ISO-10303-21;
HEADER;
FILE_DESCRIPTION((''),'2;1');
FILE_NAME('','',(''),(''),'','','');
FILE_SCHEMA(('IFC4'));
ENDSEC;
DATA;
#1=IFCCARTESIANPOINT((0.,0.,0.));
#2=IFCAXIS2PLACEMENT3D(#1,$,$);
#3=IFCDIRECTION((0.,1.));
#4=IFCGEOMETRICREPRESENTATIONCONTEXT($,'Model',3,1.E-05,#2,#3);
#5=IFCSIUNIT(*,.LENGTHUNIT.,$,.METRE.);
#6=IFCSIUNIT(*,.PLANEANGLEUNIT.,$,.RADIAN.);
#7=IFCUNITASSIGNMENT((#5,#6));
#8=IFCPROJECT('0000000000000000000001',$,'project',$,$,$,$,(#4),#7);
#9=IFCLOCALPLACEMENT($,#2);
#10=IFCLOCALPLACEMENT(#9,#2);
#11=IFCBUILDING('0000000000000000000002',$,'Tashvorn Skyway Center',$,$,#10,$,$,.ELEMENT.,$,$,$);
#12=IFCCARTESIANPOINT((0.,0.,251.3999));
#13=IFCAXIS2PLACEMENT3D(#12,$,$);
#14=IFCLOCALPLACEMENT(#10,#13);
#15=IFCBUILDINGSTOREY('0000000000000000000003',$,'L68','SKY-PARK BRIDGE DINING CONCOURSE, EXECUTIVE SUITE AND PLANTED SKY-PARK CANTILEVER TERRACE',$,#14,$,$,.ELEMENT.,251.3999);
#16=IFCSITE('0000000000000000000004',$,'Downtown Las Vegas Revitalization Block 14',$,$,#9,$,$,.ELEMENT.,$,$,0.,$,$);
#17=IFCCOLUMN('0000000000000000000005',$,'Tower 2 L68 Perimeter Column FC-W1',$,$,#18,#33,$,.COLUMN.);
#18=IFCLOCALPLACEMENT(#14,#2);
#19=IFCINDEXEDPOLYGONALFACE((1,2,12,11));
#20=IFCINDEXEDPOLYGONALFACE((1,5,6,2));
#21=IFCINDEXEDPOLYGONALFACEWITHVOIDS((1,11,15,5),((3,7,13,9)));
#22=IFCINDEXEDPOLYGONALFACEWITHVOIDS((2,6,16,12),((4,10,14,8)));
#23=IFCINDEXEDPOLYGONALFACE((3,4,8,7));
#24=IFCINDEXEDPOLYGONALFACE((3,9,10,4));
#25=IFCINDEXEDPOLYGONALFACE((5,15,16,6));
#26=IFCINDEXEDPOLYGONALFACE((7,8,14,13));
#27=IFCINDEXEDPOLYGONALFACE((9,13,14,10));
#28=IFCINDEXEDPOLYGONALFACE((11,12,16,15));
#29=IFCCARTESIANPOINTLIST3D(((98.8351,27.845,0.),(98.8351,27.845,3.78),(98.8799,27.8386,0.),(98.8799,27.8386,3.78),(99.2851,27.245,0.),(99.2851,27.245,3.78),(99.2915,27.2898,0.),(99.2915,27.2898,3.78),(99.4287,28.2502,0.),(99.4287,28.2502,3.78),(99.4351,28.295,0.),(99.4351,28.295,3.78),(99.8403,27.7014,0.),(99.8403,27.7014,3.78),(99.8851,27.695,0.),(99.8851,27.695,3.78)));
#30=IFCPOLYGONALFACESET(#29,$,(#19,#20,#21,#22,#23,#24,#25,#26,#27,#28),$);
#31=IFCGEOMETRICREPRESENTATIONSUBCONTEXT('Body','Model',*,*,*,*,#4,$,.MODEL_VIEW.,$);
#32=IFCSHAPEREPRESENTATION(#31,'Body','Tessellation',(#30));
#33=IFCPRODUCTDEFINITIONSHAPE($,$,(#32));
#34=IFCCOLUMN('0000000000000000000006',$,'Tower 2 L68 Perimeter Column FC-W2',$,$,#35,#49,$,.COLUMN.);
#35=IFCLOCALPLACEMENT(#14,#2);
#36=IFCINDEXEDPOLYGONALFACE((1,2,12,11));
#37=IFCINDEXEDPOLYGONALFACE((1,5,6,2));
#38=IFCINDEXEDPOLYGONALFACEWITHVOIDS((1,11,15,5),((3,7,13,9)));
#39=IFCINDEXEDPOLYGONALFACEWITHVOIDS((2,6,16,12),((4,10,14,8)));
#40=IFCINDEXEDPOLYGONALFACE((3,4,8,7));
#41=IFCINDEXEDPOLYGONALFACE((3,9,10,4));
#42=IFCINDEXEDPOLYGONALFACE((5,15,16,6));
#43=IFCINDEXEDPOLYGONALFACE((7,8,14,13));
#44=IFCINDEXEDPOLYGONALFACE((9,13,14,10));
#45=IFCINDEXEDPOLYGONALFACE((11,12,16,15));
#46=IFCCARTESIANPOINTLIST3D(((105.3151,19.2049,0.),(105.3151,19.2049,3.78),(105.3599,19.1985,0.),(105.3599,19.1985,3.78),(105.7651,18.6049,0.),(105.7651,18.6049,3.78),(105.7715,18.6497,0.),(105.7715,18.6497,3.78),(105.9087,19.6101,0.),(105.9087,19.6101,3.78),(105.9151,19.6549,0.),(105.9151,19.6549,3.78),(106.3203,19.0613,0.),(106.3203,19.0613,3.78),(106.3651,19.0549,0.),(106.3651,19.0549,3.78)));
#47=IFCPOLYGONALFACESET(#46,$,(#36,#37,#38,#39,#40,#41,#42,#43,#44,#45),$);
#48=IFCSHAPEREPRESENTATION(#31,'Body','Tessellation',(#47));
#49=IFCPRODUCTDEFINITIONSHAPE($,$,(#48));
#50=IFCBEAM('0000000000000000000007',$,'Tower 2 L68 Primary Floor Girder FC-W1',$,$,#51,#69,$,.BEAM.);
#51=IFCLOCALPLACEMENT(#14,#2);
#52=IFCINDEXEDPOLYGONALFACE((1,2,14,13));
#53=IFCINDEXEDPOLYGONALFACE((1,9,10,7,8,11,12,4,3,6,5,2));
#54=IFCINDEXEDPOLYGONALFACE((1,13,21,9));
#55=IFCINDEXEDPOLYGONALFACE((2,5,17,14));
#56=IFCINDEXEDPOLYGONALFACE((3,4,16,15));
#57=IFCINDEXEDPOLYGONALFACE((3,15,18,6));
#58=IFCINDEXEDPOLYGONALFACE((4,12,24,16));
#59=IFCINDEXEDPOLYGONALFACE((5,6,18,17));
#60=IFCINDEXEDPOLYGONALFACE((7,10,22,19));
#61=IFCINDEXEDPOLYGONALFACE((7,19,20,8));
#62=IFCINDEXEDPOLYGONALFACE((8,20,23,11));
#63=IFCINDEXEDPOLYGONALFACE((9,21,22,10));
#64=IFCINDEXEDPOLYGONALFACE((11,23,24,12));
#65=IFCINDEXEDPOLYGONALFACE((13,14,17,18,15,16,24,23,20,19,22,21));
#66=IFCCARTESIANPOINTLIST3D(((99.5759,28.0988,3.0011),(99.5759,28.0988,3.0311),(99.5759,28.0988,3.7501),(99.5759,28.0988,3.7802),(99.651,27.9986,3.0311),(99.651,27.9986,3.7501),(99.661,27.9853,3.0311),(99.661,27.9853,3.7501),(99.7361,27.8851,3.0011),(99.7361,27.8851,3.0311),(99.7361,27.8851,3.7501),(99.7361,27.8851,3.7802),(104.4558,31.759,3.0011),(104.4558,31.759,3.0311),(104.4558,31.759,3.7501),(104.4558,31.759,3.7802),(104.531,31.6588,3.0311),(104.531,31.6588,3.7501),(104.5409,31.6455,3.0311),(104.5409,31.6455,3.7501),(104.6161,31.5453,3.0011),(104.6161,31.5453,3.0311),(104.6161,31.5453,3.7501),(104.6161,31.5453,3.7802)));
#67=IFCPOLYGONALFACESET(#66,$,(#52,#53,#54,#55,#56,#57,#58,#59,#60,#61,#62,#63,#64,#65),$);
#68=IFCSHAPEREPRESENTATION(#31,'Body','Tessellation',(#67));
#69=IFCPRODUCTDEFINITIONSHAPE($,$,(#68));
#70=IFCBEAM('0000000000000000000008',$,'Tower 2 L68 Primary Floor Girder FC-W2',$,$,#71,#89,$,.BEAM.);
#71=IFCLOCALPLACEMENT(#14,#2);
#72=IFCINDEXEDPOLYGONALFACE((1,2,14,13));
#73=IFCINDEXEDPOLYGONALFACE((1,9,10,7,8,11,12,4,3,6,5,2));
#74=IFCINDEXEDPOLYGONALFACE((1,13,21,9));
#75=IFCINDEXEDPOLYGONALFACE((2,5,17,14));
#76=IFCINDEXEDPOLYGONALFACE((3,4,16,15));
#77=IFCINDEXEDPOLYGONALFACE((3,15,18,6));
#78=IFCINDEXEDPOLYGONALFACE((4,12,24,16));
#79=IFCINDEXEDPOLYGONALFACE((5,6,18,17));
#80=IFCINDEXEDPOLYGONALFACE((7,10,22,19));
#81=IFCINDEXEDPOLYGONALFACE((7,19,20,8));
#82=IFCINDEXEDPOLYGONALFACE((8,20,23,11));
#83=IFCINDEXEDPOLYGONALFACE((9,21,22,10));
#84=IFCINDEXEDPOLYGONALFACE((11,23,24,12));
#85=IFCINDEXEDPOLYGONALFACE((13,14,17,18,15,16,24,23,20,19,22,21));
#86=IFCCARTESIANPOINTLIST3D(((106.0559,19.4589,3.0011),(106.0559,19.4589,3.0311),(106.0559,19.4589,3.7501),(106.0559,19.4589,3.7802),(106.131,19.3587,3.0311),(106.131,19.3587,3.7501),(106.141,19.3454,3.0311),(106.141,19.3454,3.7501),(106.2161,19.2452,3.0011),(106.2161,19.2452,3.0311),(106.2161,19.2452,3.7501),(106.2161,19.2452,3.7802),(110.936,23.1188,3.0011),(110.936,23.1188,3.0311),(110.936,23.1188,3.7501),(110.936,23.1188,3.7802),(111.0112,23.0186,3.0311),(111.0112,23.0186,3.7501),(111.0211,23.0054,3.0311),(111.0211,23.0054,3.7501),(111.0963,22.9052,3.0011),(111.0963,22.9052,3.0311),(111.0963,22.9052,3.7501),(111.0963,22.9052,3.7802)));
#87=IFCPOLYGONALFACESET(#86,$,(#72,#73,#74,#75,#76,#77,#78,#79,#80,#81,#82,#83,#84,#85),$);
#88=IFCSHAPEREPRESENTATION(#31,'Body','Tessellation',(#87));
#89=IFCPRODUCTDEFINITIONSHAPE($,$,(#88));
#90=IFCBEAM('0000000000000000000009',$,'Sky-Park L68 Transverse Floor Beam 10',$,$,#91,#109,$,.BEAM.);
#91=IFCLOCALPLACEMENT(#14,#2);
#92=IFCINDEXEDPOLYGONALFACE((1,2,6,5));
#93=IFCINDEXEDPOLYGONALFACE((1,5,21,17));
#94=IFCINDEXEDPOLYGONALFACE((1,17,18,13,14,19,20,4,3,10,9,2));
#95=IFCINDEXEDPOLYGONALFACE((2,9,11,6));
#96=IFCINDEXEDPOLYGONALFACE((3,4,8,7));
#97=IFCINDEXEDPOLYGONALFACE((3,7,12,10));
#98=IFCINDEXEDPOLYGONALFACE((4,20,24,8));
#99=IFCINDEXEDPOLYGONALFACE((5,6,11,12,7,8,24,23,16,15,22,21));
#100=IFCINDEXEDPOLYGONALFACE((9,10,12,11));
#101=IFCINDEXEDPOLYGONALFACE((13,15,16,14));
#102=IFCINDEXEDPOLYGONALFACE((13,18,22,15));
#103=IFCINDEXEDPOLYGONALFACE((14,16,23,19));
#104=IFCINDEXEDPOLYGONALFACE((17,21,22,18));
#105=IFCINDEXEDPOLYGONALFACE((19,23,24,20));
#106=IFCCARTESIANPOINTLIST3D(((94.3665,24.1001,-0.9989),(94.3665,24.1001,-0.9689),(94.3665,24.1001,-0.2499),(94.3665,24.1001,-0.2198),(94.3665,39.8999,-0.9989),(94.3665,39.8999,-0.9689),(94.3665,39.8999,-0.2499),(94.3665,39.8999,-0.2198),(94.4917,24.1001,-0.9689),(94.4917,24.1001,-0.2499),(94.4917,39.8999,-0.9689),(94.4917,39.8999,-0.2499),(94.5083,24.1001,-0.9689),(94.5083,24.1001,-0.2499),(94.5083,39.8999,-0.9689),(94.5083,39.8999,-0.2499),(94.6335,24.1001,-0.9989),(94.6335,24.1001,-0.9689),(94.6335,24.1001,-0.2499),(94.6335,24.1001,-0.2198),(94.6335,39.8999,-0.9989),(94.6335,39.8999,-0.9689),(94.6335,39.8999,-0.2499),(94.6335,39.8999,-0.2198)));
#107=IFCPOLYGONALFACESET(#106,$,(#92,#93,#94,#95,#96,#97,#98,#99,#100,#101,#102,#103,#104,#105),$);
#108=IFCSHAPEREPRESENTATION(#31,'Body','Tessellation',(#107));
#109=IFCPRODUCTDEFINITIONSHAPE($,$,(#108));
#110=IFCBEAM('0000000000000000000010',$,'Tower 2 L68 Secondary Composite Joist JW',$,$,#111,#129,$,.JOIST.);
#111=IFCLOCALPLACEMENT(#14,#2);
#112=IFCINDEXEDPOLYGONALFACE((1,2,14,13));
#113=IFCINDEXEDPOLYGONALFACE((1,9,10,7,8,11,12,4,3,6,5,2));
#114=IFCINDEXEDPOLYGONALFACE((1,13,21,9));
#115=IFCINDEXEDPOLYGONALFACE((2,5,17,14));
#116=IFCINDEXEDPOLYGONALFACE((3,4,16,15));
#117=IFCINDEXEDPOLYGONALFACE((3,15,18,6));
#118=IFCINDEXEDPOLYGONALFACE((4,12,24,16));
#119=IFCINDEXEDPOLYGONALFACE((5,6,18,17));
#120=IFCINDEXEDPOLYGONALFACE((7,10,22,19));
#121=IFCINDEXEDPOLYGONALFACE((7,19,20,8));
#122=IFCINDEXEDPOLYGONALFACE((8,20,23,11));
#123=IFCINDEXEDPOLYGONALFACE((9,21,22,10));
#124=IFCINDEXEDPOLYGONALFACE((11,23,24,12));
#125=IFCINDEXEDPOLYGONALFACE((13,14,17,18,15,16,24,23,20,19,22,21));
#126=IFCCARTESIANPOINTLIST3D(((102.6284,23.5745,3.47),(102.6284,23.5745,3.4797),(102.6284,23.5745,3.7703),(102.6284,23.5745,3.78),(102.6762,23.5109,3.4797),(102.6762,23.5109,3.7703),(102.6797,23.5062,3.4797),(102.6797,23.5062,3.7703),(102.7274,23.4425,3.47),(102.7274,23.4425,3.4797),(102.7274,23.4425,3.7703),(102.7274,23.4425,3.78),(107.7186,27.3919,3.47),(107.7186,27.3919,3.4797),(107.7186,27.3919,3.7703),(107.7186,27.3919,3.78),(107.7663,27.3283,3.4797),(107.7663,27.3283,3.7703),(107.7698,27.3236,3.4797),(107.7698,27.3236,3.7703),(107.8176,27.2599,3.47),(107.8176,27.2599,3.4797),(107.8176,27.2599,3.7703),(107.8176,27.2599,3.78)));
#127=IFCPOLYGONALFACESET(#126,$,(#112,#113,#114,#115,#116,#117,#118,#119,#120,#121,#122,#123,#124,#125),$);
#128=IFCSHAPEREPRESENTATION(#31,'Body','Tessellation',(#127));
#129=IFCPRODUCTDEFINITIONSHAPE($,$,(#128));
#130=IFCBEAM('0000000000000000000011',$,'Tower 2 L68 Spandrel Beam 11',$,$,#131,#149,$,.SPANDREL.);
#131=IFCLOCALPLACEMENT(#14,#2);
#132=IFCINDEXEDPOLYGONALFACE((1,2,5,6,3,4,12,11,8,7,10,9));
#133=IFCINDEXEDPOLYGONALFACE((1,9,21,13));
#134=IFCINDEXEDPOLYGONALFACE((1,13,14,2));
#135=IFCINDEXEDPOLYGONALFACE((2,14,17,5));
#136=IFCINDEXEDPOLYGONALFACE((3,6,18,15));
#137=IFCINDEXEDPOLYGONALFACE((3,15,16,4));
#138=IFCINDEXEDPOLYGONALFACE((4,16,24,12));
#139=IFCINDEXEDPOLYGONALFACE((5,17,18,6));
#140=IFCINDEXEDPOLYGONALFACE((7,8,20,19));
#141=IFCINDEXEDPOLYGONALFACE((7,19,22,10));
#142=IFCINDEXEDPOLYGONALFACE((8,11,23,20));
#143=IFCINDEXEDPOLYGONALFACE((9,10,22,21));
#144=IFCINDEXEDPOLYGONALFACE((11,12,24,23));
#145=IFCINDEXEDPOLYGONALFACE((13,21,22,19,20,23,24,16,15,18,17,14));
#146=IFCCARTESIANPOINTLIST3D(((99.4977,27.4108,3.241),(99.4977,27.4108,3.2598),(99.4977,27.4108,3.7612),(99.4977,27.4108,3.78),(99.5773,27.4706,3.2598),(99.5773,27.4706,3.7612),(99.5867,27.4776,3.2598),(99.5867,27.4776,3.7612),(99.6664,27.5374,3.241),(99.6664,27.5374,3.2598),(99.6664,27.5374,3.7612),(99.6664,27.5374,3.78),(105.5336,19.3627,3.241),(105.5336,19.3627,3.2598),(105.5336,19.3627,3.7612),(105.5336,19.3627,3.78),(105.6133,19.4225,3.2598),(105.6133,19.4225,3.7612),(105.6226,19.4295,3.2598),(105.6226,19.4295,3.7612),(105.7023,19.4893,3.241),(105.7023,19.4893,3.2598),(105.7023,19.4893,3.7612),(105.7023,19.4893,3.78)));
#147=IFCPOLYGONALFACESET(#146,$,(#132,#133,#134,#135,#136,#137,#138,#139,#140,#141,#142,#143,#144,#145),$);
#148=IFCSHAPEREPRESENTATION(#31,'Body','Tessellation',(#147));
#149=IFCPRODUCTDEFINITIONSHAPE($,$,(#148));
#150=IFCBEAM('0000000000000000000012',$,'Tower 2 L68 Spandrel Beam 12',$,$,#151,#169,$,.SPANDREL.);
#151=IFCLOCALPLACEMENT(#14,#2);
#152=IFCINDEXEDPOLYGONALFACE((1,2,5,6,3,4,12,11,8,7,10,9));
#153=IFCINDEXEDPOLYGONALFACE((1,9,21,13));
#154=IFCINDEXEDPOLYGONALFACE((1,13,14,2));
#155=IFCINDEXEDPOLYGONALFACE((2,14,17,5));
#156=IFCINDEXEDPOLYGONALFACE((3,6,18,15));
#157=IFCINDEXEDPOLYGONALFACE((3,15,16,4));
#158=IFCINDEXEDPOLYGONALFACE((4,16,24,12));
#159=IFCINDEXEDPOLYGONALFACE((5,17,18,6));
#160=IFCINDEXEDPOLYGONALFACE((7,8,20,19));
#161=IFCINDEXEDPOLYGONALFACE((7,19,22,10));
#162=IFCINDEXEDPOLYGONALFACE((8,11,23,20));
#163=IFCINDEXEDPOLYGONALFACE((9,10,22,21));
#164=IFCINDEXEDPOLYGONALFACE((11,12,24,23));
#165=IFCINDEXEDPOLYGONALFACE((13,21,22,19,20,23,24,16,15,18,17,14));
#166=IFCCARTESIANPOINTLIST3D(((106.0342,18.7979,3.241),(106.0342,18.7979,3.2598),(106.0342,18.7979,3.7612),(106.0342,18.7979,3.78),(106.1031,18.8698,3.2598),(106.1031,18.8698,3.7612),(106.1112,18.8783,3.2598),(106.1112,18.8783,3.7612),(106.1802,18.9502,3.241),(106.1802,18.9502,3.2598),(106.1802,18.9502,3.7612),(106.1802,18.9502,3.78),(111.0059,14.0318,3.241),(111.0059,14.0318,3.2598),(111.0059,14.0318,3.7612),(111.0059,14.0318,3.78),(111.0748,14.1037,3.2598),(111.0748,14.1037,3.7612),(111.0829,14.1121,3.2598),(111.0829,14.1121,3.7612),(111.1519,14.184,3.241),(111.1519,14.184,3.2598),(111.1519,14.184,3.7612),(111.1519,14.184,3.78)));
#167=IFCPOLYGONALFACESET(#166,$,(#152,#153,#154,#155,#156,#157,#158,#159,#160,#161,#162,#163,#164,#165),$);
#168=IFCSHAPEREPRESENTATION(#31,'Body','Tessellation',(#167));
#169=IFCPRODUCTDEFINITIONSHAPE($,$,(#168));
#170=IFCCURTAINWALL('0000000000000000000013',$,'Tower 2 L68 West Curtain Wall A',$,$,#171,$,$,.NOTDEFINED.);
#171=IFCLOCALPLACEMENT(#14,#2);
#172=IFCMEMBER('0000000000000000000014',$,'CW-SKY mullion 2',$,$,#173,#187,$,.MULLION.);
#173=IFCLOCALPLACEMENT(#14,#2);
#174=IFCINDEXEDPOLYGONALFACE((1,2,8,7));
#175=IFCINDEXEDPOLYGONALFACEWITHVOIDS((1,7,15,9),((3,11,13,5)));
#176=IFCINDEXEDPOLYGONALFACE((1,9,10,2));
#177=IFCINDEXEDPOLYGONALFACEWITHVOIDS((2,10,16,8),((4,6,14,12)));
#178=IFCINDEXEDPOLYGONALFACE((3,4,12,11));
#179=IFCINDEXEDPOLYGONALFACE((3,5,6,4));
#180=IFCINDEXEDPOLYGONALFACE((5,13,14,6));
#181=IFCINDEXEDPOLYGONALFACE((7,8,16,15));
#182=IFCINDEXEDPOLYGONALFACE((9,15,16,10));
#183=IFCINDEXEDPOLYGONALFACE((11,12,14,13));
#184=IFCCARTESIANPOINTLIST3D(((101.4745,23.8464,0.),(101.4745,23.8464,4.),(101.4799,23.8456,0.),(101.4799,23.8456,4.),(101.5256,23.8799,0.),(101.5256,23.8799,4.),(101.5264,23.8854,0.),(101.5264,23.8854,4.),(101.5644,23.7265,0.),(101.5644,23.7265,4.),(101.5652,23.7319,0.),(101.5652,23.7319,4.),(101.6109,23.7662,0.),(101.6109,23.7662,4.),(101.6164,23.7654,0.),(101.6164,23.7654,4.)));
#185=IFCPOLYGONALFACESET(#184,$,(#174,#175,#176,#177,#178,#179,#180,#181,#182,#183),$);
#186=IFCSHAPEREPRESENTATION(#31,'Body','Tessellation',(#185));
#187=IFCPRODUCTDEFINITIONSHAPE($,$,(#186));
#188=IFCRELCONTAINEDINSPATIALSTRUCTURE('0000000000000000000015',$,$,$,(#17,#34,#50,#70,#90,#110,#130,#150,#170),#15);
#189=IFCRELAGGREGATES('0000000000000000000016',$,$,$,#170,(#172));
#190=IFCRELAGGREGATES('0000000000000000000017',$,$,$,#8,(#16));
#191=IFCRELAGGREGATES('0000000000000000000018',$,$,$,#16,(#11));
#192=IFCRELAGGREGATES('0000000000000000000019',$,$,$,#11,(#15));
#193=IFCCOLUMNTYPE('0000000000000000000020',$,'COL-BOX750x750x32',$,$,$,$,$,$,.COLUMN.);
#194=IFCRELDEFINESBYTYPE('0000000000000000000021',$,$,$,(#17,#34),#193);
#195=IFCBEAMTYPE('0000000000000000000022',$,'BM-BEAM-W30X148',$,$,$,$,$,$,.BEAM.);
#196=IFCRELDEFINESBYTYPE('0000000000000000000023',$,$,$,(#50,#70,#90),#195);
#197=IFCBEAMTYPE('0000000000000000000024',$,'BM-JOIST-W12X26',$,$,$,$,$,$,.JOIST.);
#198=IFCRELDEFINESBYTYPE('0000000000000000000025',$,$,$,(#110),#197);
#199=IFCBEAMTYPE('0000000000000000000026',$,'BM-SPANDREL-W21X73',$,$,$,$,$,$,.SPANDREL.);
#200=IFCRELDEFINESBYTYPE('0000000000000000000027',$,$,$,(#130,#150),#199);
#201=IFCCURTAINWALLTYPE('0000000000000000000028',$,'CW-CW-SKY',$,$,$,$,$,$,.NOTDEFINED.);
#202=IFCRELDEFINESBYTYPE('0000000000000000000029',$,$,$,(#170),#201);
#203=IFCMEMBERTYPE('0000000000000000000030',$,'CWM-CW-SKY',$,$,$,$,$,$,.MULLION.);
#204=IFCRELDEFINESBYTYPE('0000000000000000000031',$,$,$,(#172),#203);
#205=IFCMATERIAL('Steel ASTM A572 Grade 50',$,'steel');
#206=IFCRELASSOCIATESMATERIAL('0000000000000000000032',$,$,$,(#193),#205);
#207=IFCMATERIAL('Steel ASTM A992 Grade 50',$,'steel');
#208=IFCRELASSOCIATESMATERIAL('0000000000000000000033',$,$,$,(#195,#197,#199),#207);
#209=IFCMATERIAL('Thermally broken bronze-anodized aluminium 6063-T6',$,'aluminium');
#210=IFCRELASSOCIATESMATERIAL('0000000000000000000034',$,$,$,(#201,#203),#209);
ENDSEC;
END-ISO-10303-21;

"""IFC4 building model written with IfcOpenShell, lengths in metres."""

from ifc_helpers import new_model, si_unit, direction, frame, origin, origin_2d, place, context, subcontext, project, spatial, hollow_rectangle, i_section, extrude, material, material_profile, profile_set, type_object, element, aggregate, save


model = new_model("IFC4")

# Units and contexts
model_context = context("Model", 3, precision=1e-05, world=origin(), true_north=direction((0.0, 1.0)))
body_context = subcontext(model_context, "Body", "Model", "MODEL_VIEW")
ifc_project = project(units=[si_unit("LENGTHUNIT", "METRE"), si_unit("PLANEANGLEUNIT", "RADIAN")], contexts=[model_context])

# Site, building, storey
site_placement = place(None, origin())
site = spatial("IfcSite", under=ifc_project, at=site_placement, Name="Downtown Las Vegas Revitalization Block 14", CompositionType="ELEMENT", RefElevation=0.0)
building_placement = place(site_placement, origin())
building = spatial("IfcBuilding", under=site, at=building_placement, Name="Tashvorn Skyway Center", CompositionType="ELEMENT")
storey_placement = place(building_placement, frame((0.0, 0.0, 251.3999)))
storey = spatial("IfcBuildingStorey", under=building, at=storey_placement, Name="L68", Description="SKY-PARK BRIDGE DINING CONCOURSE, EXECUTIVE SUITE AND PLANTED SKY-PARK CANTILEVER TERRACE", CompositionType="ELEMENT", Elevation=251.3999)

# Columns
ifc_material_1 = material(Name="Steel ASTM A572 Grade 50", Category="steel")
ifc_material_profile_1 = material_profile(ifc_material_1, hollow_rectangle(XDim=0.75, YDim=0.75, WallThickness=0.032, at=origin_2d()), Name="BOX750x750x32")
ifc_profile_set_1 = profile_set([ifc_material_profile_1], Name="Steel ASTM A572 Grade 50")
column_type = type_object("IfcColumnType", Name="COL-BOX750x750x32", PredefinedType="COLUMN", material=ifc_profile_set_1)
for number, where, z_axis, x_axis, name in (
    (1, (99.3601, 27.77, 0.0), (0.0, 0.0, 1.0), (0.8, 0.6, 0.0), "Tower 2 L68 Perimeter Column FC-W1"),
    (2, (105.8401, 19.1299, 0.0), (0.0, 0.0, 1.0), (0.8, 0.6, 0.0), "Tower 2 L68 Perimeter Column FC-W2"),
):
    element("IfcColumn", number, at=place(storey_placement, frame(where, z_axis=z_axis, x_axis=x_axis)), inside=storey, type_object=column_type, Name=name, PredefinedType="COLUMN", context=body_context, shape_type="SweptSolid", body=[
        extrude(hollow_rectangle(XDim=0.75, YDim=0.75, WallThickness=0.032, at=origin_2d()), origin(), (0.0, 0.0, 1.0), 3.78),
    ])

# Beams
ifc_material_2 = material(Name="Steel ASTM A992 Grade 50", Category="steel")
ifc_material_profile_2 = material_profile(ifc_material_2, i_section(OverallWidth=0.2671, OverallDepth=0.7791, WebThickness=0.0166, FlangeThickness=0.03, at=origin_2d()), Name="W30X148")
ifc_profile_set_2 = profile_set([ifc_material_profile_2], Name="Steel ASTM A992 Grade 50")
beam_type_1 = type_object("IfcBeamType", Name="BM-BEAM-W30X148", PredefinedType="BEAM", material=ifc_profile_set_2)
for number, where, z_axis, x_axis, name in (
    (3, (99.656, 27.9919, 3.3906), (0.799981, 0.600026, 0.0), (-0.600026, 0.799981, 0.0), "Tower 2 L68 Primary Floor Girder FC-W1"),
    (4, (106.136, 19.3521, 3.3906), (0.800014, 0.599981, 0.0), (-0.599981, 0.800014, 0.0), "Tower 2 L68 Primary Floor Girder FC-W2"),
):
    element("IfcBeam", number, at=place(storey_placement, frame(where, z_axis=z_axis, x_axis=x_axis)), inside=storey, type_object=beam_type_1, Name=name, PredefinedType="BEAM", context=body_context, shape_type="SweptSolid", body=[
        extrude(i_section(OverallWidth=0.2671, OverallDepth=0.7791, WebThickness=0.0166, FlangeThickness=0.03, at=origin_2d()), origin(), (0.0, 0.0, 1.0), 6.1001),
    ])
beam_1_placement = place(storey_placement, frame((94.5, 24.1001, -0.6094), z_axis=(0.0, 1.0, 0.0), x_axis=(-1.0, 0.0, 0.0)))
element("IfcBeam", 5, at=beam_1_placement, inside=storey, type_object=beam_type_1, Name="Sky-Park L68 Transverse Floor Beam 10", PredefinedType="BEAM", context=body_context, shape_type="SweptSolid", body=[
    extrude(i_section(OverallWidth=0.2671, OverallDepth=0.7791, WebThickness=0.0166, FlangeThickness=0.03, at=origin_2d()), origin(), (0.0, 0.0, 1.0), 15.7998),
])
ifc_material_profile_3 = material_profile(ifc_material_2, i_section(OverallWidth=0.165, OverallDepth=0.3101, WebThickness=0.0059, FlangeThickness=0.0098, at=origin_2d()), Name="W12X26")
ifc_profile_set_3 = profile_set([ifc_material_profile_3], Name="Steel ASTM A992 Grade 50")
beam_type_2 = type_object("IfcBeamType", Name="BM-JOIST-W12X26", PredefinedType="JOIST", material=ifc_profile_set_3)
beam_2_placement = place(storey_placement, frame((107.7681, 27.3259, 3.625), z_axis=(-0.800014, -0.599982, 0.0), x_axis=(0.599982, -0.800014, 0.0)))
element("IfcBeam", 6, at=beam_2_placement, inside=storey, type_object=beam_type_2, Name="Tower 2 L68 Secondary Composite Joist JW", PredefinedType="JOIST", context=body_context, shape_type="SweptSolid", body=[
    extrude(i_section(OverallWidth=0.165, OverallDepth=0.3101, WebThickness=0.0059, FlangeThickness=0.0098, at=origin_2d()), origin(), (0.0, 0.0, 1.0), 6.3625),
])
ifc_material_profile_4 = material_profile(ifc_material_2, i_section(OverallWidth=0.2109, OverallDepth=0.5391, WebThickness=0.0117, FlangeThickness=0.0188, at=origin_2d()), Name="W21X73")
ifc_profile_set_4 = profile_set([ifc_material_profile_4], Name="Steel ASTM A992 Grade 50")
beam_type_3 = type_object("IfcBeamType", Name="BM-SPANDREL-W21X73", PredefinedType="SPANDREL", material=ifc_profile_set_4)
beam_3_placement = place(storey_placement, frame((99.582, 27.4741, 3.5105), z_axis=(0.599988, -0.800009, 0.0), x_axis=(0.800009, 0.599988, 0.0)))
element("IfcBeam", 7, at=beam_3_placement, inside=storey, type_object=beam_type_3, Name="Tower 2 L68 Spandrel Beam 11", PredefinedType="SPANDREL", context=body_context, shape_type="SweptSolid", body=[
    extrude(i_section(OverallWidth=0.2109, OverallDepth=0.5391, WebThickness=0.0117, FlangeThickness=0.0188, at=origin_2d()), origin(), (0.0, 0.0, 1.0), 10.0601),
])
beam_4_placement = place(storey_placement, frame((106.1072, 18.874, 3.5105), z_axis=(0.721873, -0.692025, 0.0), x_axis=(0.692025, 0.721873, 0.0)))
element("IfcBeam", 8, at=beam_4_placement, inside=storey, type_object=beam_type_3, Name="Tower 2 L68 Spandrel Beam 12", PredefinedType="SPANDREL", context=body_context, shape_type="SweptSolid", body=[
    extrude(i_section(OverallWidth=0.2109, OverallDepth=0.5391, WebThickness=0.0117, FlangeThickness=0.0188, at=origin_2d()), origin(), (0.0, 0.0, 1.0), 6.8872),
])

# Curtain wall, member
ifc_material_3 = material(Name="Thermally broken bronze-anodized aluminium 6063-T6", Category="aluminium")
curtain_wall_type = type_object("IfcCurtainWallType", Name="CW-CW-SKY", PredefinedType="NOTDEFINED", material=ifc_material_3)
curtain_wall_1_placement = place(storey_placement, origin())
curtain_wall_1 = element("IfcCurtainWall", 9, at=curtain_wall_1_placement, inside=storey, type_object=curtain_wall_type, Name="Tower 2 L68 West Curtain Wall A", PredefinedType="NOTDEFINED")
ifc_material_profile_5 = material_profile(ifc_material_3, hollow_rectangle(XDim=0.0649, YDim=0.1499, WallThickness=0.0039, at=origin_2d()), Name="ALU-MULL-65x150")
ifc_profile_set_5 = profile_set([ifc_material_profile_5], Name="Thermally broken bronze-anodized aluminium 6063-T6")
member_type_1 = type_object("IfcMemberType", Name="CWM-CW-SKY", PredefinedType="MULLION", material=ifc_profile_set_5)
member_1_placement = place(storey_placement, frame((101.5454, 23.8059, 0.0), z_axis=(0.0, 0.0, 1.0), x_axis=(-0.8, -0.6, 0.0)))
member_1 = element("IfcMember", 10, at=member_1_placement, type_object=member_type_1, Name="CW-SKY mullion 2", PredefinedType="MULLION", context=body_context, shape_type="SweptSolid", body=[
    extrude(hollow_rectangle(XDim=0.0649, YDim=0.1499, WallThickness=0.0039, at=origin_2d()), origin(), (0.0, 0.0, 1.0), 4.0),
])

aggregate(curtain_wall_1, [member_1])

save(model, "model.ifc")
